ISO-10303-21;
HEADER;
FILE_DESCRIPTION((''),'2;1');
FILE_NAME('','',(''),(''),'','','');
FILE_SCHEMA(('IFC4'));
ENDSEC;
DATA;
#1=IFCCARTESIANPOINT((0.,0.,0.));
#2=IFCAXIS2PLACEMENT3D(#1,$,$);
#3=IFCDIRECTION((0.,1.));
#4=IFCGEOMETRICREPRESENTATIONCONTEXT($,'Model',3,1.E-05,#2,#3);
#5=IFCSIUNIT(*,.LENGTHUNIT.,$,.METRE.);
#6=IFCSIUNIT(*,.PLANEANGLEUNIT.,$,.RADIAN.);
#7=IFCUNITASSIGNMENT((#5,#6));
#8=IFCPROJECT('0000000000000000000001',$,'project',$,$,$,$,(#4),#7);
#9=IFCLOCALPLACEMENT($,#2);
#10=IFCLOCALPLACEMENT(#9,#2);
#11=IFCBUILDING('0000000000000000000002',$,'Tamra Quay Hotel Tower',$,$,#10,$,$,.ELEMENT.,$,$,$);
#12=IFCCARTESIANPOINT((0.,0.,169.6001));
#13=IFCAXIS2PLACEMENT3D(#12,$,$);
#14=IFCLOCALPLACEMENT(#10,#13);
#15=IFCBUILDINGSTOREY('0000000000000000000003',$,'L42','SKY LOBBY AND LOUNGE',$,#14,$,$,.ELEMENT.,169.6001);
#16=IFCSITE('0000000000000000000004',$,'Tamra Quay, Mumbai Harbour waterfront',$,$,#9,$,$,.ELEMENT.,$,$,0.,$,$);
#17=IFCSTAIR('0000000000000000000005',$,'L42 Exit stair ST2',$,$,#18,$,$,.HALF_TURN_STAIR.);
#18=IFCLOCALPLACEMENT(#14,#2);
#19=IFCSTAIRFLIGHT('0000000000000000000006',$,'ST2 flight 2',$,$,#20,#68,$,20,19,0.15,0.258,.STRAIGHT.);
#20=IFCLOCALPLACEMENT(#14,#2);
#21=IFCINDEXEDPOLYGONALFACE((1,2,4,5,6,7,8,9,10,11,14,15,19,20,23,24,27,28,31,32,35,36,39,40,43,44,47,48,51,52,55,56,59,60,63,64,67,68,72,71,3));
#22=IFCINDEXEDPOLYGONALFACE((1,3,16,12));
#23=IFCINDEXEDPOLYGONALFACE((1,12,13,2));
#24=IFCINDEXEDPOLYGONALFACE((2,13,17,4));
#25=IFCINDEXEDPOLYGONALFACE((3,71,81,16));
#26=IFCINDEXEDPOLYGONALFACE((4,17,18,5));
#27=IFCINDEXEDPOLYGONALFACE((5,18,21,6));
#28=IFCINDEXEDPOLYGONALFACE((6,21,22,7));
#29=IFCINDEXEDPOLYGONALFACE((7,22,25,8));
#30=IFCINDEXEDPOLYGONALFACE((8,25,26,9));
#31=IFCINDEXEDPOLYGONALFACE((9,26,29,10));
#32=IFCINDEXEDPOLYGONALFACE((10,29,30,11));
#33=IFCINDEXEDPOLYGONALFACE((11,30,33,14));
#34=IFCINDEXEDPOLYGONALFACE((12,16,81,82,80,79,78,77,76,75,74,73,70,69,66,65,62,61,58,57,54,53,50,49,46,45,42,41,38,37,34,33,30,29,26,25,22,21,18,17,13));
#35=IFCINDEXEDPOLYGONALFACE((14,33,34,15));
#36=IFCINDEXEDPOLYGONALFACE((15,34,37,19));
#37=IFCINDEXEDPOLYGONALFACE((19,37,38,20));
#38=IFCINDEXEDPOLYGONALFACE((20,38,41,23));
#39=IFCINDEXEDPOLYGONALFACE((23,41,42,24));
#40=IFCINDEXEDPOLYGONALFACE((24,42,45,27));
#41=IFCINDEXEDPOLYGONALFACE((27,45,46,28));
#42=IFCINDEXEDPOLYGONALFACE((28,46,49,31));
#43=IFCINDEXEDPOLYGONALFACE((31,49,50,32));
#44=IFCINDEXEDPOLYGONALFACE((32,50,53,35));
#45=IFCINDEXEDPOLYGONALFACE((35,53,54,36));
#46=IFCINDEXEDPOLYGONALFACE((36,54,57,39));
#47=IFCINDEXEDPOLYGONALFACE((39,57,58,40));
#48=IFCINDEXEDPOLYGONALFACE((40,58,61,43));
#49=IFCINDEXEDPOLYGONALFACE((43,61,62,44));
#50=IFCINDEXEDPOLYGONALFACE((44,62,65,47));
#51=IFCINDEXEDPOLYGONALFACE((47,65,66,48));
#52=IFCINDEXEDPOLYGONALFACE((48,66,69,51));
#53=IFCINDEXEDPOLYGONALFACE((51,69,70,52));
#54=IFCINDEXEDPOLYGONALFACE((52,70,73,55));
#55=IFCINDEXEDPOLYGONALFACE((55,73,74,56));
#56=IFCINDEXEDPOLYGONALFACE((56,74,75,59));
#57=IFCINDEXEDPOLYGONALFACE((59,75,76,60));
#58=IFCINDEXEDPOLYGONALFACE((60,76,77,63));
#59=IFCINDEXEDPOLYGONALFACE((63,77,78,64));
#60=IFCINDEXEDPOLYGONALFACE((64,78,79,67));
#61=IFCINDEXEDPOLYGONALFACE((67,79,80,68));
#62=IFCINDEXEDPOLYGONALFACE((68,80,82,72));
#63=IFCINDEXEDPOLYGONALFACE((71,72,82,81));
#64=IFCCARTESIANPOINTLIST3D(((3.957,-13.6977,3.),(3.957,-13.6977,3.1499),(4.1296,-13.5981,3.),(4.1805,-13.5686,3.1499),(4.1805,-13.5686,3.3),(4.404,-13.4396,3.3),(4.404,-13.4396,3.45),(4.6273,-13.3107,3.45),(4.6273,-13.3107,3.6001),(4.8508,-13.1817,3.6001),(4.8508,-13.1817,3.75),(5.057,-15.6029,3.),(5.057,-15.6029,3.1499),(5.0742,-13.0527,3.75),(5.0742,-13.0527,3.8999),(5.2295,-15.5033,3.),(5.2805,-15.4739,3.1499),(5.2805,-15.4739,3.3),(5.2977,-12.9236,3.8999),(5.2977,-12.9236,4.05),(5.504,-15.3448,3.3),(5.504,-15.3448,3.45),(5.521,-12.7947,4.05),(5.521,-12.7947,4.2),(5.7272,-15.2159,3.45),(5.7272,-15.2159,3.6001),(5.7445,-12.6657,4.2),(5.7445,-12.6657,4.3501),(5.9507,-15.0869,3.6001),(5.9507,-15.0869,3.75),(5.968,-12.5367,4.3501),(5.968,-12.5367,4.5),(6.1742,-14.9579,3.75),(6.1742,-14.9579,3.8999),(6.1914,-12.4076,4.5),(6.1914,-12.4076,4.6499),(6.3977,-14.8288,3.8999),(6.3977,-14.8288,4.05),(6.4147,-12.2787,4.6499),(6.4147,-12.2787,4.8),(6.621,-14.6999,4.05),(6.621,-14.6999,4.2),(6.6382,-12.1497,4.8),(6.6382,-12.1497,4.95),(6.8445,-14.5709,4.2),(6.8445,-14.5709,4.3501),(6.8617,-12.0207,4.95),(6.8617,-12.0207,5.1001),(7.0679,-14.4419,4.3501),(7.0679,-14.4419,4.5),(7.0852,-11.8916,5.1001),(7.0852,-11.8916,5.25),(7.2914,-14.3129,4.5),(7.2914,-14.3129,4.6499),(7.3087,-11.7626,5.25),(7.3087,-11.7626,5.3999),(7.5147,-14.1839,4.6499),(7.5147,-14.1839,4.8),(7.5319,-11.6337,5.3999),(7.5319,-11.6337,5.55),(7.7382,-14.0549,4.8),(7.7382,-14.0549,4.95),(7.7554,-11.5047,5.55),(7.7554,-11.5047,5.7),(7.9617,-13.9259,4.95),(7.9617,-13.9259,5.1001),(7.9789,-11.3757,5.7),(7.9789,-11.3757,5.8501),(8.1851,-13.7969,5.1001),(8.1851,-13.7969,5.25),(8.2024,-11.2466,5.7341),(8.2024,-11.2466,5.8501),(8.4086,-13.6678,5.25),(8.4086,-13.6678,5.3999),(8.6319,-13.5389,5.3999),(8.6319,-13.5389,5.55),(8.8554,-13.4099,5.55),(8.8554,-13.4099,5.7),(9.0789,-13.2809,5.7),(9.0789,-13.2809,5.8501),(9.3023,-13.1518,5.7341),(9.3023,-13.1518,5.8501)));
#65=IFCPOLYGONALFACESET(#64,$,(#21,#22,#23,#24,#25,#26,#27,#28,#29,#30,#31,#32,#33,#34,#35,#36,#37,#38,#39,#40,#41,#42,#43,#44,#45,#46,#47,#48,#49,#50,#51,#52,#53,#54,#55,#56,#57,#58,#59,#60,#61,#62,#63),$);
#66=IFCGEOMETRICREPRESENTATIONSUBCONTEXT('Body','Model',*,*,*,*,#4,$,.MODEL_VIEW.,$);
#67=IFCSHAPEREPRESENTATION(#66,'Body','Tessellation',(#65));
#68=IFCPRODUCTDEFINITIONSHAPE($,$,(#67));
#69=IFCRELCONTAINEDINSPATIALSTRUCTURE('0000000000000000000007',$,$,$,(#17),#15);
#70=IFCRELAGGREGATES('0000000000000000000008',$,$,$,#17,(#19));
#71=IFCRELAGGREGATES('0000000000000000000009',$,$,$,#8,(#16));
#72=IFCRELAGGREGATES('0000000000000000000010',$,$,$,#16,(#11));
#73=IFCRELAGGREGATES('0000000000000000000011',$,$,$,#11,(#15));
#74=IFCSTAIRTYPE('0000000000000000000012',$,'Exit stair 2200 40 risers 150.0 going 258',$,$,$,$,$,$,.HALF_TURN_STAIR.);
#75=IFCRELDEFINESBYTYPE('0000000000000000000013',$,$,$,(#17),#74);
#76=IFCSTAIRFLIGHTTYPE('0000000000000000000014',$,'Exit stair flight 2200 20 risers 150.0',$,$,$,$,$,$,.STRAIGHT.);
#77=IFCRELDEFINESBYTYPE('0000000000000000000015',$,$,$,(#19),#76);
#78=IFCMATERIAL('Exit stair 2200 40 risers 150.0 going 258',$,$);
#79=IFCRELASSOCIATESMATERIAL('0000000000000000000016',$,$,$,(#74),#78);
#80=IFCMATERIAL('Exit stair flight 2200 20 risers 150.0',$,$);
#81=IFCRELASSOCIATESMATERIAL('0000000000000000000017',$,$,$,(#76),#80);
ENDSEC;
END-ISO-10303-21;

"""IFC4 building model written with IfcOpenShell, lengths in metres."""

from ifc_helpers import new_model, si_unit, direction, frame, origin, place, context, subcontext, project, spatial, polyline, outline, extrude, material, type_object, element, aggregate, save


model = new_model("IFC4")

# Units and contexts
model_context = context("Model", 3, precision=1e-05, world=origin(), true_north=direction((0.0, 1.0)))
body_context = subcontext(model_context, "Body", "Model", "MODEL_VIEW")
ifc_project = project(units=[si_unit("LENGTHUNIT", "METRE"), si_unit("PLANEANGLEUNIT", "RADIAN")], contexts=[model_context])

# Site, building, storey
site_placement = place(None, origin())
site = spatial("IfcSite", under=ifc_project, at=site_placement, Name="Tamra Quay, Mumbai Harbour waterfront", CompositionType="ELEMENT", RefElevation=0.0)
building_placement = place(site_placement, origin())
building = spatial("IfcBuilding", under=site, at=building_placement, Name="Tamra Quay Hotel Tower", CompositionType="ELEMENT")
storey_placement = place(building_placement, frame((0.0, 0.0, 169.6001)))
storey = spatial("IfcBuildingStorey", under=building, at=storey_placement, Name="L42", Description="SKY LOBBY AND LOUNGE", CompositionType="ELEMENT", Elevation=169.6001)

# Stair, stair flight
ifc_material_1 = material(Name="Exit stair 2200 40 risers 150.0 going 258")
stair_type = type_object("IfcStairType", Name="Exit stair 2200 40 risers 150.0 going 258", PredefinedType="HALF_TURN_STAIR", material=ifc_material_1)
ifc_material_2 = material(Name="Exit stair flight 2200 20 risers 150.0")
stair_flight_type = type_object("IfcStairFlightType", Name="Exit stair flight 2200 20 risers 150.0", PredefinedType="STRAIGHT", material=ifc_material_2)
stair_1_placement = place(storey_placement, origin())
stair_1 = element("IfcStair", 1, at=stair_1_placement, inside=storey, type_object=stair_type, Name="L42 Exit stair ST2", PredefinedType="HALF_TURN_STAIR")
stair_flight_1_placement = place(storey_placement, frame((4.5071, -14.6504, 3.0), z_axis=(0.0, 0.0, 1.0), x_axis=(0.866025, 0.5, 0.0)))
stair_flight_1 = element("IfcStairFlight", 2, at=stair_flight_1_placement, type_object=stair_flight_type, Name="ST2 flight 2", NumberOfRisers=20, NumberOfTreads=19, PredefinedType="STRAIGHT", RiserHeight=0.15, TreadLength=0.258, context=body_context, shape_type="SweptSolid", body=[
    extrude(outline(polyline([(0.0, 0.0), (0.0, 0.1499), (0.2581, 0.1499), (0.2581, 0.3), (0.5161, 0.3), (0.5161, 0.45), (0.7739, 0.45), (0.7739, 0.6001), (1.032, 0.6001), (1.032, 0.75), (1.29, 0.75), (1.29, 0.8999), (1.5481, 0.8999), (1.5481, 1.05), (1.8059, 1.05), (1.8059, 1.2), (2.064, 1.2), (2.064, 1.3501), (2.322, 1.3501), (2.322, 1.5), (2.5801, 1.5), (2.5801, 1.6499), (2.8379, 1.6499), (2.8379, 1.8), (3.0959, 1.8), (3.0959, 1.95), (3.354, 1.95), (3.354, 2.1001), (3.6121, 2.1001), (3.6121, 2.25), (3.8701, 2.25), (3.8701, 2.3999), (4.1279, 2.3999), (4.1279, 2.55), (4.386, 2.55), (4.386, 2.7), (4.644, 2.7), (4.644, 2.8501), (4.9021, 2.8501), (4.9021, 3.0), (4.9021, 2.7341), (0.1992, 0.0), (0.0, 0.0)])), frame((0.0, 1.1001, 0.0), z_axis=(0.0, -1.0, 0.0), x_axis=(1.0, 0.0, 0.0)), (0.0, 0.0, 1.0), 2.2),
])
aggregate(stair_1, [stair_flight_1])

save(model, "model.ifc")
